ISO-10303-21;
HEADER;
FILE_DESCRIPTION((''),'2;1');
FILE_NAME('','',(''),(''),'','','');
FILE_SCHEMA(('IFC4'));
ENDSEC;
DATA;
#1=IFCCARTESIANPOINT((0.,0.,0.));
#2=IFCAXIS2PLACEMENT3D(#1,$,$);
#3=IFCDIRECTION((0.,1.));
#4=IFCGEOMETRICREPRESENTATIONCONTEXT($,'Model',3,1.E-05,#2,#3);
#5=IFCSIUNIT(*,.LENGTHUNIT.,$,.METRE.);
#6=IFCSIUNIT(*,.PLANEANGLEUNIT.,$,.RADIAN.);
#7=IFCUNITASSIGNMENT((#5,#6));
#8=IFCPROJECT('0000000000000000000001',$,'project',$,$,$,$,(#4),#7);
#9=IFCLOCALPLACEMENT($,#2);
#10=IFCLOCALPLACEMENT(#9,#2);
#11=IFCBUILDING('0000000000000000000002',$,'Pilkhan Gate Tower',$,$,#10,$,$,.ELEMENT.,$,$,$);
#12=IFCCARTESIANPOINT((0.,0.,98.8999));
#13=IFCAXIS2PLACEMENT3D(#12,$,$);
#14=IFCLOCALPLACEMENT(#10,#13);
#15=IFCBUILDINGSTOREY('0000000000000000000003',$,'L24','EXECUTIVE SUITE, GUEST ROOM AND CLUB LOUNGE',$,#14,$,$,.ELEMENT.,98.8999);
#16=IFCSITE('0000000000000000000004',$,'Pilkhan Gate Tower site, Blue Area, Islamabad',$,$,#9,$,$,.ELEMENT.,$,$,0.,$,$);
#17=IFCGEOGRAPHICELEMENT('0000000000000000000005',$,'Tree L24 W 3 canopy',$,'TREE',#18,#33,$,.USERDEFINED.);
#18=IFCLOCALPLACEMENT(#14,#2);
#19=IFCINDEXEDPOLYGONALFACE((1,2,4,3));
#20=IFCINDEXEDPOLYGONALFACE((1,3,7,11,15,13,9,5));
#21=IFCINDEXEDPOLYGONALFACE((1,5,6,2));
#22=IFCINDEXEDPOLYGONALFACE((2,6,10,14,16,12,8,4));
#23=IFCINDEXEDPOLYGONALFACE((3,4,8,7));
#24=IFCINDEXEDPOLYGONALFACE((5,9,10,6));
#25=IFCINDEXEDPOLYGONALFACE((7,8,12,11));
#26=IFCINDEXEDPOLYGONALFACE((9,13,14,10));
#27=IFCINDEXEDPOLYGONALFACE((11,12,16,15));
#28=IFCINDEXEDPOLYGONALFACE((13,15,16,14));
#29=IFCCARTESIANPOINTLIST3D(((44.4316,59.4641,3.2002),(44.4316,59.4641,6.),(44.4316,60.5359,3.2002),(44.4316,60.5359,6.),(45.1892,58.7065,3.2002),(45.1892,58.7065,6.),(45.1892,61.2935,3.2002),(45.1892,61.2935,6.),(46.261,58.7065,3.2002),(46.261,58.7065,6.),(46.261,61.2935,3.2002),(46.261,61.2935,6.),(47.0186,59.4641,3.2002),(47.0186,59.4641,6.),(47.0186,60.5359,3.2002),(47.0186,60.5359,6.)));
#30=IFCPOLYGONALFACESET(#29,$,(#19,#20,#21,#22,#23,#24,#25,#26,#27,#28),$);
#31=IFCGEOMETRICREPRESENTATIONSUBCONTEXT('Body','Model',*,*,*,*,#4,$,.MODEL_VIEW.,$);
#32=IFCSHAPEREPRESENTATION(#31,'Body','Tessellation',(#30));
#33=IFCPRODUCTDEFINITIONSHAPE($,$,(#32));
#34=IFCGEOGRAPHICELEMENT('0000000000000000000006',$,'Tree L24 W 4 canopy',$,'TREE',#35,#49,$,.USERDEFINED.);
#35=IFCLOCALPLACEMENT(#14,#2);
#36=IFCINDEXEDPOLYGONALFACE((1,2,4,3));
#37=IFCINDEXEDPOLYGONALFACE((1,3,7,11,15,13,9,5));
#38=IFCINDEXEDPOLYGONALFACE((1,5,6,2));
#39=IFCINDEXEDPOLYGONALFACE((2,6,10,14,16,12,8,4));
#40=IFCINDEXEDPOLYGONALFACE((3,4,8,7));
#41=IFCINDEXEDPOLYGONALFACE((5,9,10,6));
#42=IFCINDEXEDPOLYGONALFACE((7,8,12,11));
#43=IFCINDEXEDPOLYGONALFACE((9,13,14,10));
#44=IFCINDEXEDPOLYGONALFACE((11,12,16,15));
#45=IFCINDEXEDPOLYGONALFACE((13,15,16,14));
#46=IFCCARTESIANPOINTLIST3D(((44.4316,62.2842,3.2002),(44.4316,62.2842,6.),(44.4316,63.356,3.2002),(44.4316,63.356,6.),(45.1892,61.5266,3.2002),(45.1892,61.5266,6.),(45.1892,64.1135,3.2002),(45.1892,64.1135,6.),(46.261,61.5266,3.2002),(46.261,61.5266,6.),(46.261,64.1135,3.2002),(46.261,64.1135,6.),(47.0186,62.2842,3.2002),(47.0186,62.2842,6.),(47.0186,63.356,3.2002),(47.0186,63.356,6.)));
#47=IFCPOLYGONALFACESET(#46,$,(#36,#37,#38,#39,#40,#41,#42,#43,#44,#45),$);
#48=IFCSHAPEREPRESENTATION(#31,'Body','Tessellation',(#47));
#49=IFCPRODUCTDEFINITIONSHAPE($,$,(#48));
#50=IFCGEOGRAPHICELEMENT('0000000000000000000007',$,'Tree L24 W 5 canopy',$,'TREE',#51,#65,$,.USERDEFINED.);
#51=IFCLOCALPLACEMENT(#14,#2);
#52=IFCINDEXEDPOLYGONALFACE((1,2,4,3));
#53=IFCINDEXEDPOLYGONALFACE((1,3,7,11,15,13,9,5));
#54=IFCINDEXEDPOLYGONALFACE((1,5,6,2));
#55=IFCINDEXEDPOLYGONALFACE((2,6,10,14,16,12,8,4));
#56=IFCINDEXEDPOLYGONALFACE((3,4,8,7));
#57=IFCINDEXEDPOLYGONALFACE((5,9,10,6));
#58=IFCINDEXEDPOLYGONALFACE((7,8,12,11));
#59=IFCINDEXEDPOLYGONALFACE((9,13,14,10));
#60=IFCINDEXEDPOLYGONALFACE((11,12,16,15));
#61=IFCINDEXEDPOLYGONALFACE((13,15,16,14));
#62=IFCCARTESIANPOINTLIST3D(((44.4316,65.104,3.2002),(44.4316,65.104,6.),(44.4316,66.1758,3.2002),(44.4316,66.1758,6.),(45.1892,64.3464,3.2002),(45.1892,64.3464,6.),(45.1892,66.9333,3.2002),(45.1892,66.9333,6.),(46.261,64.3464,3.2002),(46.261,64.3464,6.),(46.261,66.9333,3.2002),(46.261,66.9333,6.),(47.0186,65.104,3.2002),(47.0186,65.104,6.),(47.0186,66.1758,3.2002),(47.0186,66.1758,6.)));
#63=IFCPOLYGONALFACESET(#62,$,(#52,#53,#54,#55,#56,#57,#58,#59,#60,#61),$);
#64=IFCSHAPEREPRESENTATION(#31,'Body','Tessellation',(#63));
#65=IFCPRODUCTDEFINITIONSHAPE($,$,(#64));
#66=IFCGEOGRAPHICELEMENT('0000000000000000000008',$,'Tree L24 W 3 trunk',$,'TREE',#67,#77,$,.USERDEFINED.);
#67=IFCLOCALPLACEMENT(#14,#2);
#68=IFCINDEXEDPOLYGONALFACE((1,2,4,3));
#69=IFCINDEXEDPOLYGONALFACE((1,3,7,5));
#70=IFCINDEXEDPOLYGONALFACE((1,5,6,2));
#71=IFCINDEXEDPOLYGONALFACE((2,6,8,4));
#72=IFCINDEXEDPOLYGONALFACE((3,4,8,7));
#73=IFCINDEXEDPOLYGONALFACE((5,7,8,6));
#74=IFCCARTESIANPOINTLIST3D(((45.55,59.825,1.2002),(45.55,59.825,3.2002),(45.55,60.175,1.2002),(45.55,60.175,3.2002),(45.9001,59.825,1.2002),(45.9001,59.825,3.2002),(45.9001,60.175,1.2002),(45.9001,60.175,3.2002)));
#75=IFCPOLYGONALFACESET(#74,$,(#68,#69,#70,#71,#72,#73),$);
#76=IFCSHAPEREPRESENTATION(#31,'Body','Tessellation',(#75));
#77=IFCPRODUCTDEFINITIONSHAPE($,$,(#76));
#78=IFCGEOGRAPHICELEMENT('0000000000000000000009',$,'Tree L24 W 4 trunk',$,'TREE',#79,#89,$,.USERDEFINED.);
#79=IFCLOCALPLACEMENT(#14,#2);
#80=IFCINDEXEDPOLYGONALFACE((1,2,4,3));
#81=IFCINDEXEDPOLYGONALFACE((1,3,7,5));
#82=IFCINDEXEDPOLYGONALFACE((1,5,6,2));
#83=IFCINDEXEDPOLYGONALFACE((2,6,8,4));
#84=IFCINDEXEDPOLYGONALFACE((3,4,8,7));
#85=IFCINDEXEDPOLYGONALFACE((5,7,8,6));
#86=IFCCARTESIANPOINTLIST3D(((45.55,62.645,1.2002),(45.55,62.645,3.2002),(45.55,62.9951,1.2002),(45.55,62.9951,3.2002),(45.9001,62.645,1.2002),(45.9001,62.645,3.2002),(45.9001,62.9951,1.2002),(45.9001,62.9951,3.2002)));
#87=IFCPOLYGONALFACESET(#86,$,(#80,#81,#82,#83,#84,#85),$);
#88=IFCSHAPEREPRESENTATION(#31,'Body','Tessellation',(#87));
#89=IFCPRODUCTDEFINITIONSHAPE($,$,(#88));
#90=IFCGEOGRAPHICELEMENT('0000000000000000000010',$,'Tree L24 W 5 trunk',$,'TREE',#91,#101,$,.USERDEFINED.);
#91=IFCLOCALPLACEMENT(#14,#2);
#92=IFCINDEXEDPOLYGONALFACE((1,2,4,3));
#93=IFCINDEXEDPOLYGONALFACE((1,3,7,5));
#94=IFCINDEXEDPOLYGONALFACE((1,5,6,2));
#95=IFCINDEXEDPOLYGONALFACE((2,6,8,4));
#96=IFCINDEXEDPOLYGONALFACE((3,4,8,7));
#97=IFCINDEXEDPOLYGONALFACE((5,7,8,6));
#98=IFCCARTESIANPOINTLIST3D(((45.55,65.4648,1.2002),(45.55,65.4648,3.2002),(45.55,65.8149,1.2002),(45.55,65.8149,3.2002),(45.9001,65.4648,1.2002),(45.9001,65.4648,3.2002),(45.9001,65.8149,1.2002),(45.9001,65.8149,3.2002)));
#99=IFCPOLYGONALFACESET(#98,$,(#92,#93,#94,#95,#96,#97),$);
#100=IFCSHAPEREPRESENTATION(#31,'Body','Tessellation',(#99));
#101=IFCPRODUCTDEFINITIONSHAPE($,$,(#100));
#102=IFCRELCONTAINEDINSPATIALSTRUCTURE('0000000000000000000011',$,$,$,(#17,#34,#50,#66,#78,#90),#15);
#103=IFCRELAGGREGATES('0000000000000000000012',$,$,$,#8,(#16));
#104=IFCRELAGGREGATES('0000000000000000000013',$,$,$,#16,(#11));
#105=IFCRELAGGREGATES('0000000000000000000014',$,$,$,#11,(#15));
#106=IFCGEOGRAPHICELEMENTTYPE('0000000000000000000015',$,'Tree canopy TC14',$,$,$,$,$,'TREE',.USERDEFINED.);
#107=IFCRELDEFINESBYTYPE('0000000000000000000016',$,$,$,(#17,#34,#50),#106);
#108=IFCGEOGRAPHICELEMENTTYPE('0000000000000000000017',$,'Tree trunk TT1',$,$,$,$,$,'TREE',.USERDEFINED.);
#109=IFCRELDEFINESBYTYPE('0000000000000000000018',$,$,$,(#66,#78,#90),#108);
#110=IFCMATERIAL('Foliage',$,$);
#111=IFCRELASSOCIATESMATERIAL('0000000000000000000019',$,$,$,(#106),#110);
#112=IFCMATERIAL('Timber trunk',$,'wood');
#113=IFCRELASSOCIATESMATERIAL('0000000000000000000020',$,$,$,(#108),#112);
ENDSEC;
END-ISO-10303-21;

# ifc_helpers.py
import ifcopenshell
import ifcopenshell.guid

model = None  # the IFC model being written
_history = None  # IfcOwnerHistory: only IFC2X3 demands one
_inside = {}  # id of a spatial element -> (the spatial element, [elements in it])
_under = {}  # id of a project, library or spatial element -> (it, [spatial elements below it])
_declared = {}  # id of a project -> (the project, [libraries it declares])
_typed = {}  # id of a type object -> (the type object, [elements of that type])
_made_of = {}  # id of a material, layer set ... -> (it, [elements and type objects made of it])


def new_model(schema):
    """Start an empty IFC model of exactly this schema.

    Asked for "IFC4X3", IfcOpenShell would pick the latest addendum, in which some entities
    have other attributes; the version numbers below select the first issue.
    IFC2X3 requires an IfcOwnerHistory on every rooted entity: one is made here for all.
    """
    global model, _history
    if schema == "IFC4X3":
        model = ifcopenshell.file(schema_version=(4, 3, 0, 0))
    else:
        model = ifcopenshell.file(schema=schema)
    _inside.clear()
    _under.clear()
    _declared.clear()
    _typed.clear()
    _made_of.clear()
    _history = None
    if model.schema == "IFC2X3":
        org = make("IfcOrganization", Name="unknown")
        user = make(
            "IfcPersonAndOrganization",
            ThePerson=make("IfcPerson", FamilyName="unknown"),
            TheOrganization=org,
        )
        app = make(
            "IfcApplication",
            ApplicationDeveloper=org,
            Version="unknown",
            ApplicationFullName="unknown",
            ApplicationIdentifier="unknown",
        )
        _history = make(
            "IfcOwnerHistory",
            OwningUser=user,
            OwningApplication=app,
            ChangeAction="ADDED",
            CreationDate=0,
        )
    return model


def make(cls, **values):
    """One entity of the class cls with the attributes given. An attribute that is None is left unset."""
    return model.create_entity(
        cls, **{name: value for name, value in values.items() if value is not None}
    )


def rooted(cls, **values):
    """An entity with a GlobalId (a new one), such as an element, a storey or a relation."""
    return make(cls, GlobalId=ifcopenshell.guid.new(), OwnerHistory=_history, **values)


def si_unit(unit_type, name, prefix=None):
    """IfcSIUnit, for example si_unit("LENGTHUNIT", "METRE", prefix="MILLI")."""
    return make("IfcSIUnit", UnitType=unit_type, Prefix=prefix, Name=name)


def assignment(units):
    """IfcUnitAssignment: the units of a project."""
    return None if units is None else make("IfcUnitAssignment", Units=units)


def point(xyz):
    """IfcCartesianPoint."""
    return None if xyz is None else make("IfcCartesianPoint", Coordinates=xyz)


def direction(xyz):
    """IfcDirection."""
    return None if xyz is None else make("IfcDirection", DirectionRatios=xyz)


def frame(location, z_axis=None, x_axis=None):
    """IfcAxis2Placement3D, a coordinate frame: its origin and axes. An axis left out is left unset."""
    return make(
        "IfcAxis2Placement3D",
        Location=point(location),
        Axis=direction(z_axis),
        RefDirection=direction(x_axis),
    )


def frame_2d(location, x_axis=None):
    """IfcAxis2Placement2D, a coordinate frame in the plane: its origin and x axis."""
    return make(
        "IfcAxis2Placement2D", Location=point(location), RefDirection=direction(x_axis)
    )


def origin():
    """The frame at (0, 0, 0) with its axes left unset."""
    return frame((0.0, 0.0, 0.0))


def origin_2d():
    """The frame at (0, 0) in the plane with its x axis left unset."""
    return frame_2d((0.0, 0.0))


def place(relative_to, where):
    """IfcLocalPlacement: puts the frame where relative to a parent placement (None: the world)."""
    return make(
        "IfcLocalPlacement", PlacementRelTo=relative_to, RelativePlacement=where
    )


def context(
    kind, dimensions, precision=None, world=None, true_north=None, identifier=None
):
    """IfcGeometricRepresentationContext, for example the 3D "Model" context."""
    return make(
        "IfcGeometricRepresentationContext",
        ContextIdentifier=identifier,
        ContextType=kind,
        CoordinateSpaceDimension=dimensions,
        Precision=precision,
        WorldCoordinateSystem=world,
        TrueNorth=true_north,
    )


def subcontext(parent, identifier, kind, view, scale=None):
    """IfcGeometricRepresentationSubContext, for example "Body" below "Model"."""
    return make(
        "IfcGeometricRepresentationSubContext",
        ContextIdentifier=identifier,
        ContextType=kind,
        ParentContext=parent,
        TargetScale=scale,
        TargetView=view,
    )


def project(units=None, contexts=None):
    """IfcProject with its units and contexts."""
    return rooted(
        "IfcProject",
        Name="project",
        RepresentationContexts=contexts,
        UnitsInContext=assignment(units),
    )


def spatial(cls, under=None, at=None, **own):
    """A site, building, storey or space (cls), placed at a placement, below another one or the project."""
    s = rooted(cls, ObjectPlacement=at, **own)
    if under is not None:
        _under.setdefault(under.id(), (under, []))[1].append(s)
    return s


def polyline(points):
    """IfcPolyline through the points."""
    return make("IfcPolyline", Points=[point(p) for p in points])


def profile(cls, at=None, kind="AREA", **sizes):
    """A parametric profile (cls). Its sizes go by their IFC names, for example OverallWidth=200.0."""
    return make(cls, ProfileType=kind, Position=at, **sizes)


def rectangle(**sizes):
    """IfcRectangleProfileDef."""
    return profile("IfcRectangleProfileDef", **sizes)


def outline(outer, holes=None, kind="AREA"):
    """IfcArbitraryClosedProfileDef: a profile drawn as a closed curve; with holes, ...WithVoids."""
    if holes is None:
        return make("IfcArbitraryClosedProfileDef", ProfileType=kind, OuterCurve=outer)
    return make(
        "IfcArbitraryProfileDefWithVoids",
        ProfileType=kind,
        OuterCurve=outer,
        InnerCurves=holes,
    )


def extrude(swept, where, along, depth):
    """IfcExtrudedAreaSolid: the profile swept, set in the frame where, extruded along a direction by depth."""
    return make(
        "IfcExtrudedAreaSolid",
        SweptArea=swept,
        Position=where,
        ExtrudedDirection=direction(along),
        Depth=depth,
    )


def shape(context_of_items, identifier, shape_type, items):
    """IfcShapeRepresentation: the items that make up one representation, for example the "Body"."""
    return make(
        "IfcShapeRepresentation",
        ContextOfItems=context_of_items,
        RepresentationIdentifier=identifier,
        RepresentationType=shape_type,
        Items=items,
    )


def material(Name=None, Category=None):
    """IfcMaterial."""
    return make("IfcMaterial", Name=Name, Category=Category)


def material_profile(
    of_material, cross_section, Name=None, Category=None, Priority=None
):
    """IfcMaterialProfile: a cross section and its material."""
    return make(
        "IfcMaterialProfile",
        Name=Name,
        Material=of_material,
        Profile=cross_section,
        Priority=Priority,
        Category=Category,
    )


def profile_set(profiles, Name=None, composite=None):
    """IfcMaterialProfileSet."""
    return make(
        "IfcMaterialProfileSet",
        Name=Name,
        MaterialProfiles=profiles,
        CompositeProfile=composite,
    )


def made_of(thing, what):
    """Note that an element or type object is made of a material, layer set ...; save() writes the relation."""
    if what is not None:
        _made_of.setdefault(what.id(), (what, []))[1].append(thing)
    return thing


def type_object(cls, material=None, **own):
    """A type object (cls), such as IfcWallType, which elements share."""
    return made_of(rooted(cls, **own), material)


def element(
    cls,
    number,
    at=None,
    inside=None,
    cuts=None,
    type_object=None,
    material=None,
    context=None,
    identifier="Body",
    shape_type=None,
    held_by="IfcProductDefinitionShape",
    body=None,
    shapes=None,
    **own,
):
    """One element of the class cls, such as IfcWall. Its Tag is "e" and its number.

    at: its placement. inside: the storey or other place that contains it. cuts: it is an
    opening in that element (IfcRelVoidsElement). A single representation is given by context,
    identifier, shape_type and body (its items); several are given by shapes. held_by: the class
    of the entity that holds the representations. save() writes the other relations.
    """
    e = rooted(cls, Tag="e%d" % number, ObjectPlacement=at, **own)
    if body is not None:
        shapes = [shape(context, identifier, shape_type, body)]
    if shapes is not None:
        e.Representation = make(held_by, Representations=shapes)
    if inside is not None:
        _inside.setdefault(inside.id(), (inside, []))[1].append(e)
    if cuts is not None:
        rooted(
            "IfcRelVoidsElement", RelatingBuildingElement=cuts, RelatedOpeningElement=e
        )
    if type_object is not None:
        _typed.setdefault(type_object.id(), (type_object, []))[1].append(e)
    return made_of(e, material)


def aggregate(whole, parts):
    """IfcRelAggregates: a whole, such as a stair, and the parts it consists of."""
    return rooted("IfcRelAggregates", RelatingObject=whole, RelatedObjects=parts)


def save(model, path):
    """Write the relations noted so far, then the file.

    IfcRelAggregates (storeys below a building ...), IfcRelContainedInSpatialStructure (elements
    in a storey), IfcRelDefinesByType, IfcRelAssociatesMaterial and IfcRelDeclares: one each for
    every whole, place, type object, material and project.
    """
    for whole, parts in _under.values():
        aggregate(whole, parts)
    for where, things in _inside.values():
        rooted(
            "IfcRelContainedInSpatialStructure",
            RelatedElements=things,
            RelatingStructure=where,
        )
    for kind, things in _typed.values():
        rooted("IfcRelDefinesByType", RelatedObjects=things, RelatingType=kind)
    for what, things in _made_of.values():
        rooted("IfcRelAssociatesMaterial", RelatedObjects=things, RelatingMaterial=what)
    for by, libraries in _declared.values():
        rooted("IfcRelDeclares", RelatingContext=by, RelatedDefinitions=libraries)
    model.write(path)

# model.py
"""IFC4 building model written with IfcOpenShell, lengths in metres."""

from ifc_helpers import new_model, si_unit, direction, frame, origin, origin_2d, place, context, subcontext, project, spatial, polyline, rectangle, outline, extrude, material, material_profile, profile_set, type_object, element, save


model = new_model("IFC4")

# Units and contexts
model_context = context("Model", 3, precision=1e-05, world=origin(), true_north=direction((0.0, 1.0)))
body_context = subcontext(model_context, "Body", "Model", "MODEL_VIEW")
ifc_project = project(units=[si_unit("LENGTHUNIT", "METRE"), si_unit("PLANEANGLEUNIT", "RADIAN")], contexts=[model_context])

# Site, building, storey
site_placement = place(None, origin())
site = spatial("IfcSite", under=ifc_project, at=site_placement, Name="Pilkhan Gate Tower site, Blue Area, Islamabad", CompositionType="ELEMENT", RefElevation=0.0)
building_placement = place(site_placement, origin())
building = spatial("IfcBuilding", under=site, at=building_placement, Name="Pilkhan Gate Tower", CompositionType="ELEMENT")
storey_placement = place(building_placement, frame((0.0, 0.0, 98.8999)))
storey = spatial("IfcBuildingStorey", under=building, at=storey_placement, Name="L24", Description="EXECUTIVE SUITE, GUEST ROOM AND CLUB LOUNGE", CompositionType="ELEMENT", Elevation=98.8999)

# Geographic elements
ifc_material_1 = material(Name="Foliage")
ifc_material_profile_1 = material_profile(ifc_material_1, outline(polyline([(1.2935, 0.5359), (0.5359, 1.2935), (-0.5359, 1.2935), (-1.2935, 0.5359), (-1.2935, -0.5359), (-0.5359, -1.2935), (0.5359, -1.2935), (1.2935, -0.5359), (1.2935, 0.5359)])), Name="Canopy D2.8")
ifc_profile_set_1 = profile_set([ifc_material_profile_1], Name="Foliage")
geographic_element_type_1 = type_object("IfcGeographicElementType", Name="Tree canopy TC14", ElementType="TREE", PredefinedType="USERDEFINED", material=ifc_profile_set_1)
for number, where, z_axis, x_axis, name in (
    (1, (45.7251, 60.0, 3.2002), (0.0, 0.0, 1.0), (1.0, 0.0, 0.0), "Tree L24 W 3 canopy"),
    (2, (45.7251, 62.8201, 3.2002), (0.0, 0.0, 1.0), (1.0, 0.0, 0.0), "Tree L24 W 4 canopy"),
    (3, (45.7251, 65.6399, 3.2002), (0.0, 0.0, 1.0), (1.0, 0.0, 0.0), "Tree L24 W 5 canopy"),
):
    element("IfcGeographicElement", number, at=place(storey_placement, frame(where, z_axis=z_axis, x_axis=x_axis)), inside=storey, type_object=geographic_element_type_1, Name=name, ObjectType="TREE", PredefinedType="USERDEFINED", context=body_context, shape_type="SweptSolid", body=[
        extrude(outline(polyline([(1.2935, 0.5359), (0.5359, 1.2935), (-0.5359, 1.2935), (-1.2935, 0.5359), (-1.2935, -0.5359), (-0.5359, -1.2935), (0.5359, -1.2935), (1.2935, -0.5359), (1.2935, 0.5359)])), origin(), (0.0, 0.0, 1.0), 2.7998),
    ])
ifc_material_2 = material(Name="Timber trunk", Category="wood")
geographic_element_type_2 = type_object("IfcGeographicElementType", Name="Tree trunk TT1", ElementType="TREE", PredefinedType="USERDEFINED", material=ifc_material_2)
for number, where, z_axis, x_axis, name in (
    (4, (45.7251, 60.0, 1.2002), (0.0, 0.0, 1.0), (1.0, 0.0, 0.0), "Tree L24 W 3 trunk"),
    (5, (45.7251, 62.8201, 1.2002), (0.0, 0.0, 1.0), (1.0, 0.0, 0.0), "Tree L24 W 4 trunk"),
    (6, (45.7251, 65.6399, 1.2002), (0.0, 0.0, 1.0), (1.0, 0.0, 0.0), "Tree L24 W 5 trunk"),
):
    element("IfcGeographicElement", number, at=place(storey_placement, frame(where, z_axis=z_axis, x_axis=x_axis)), inside=storey, type_object=geographic_element_type_2, Name=name, ObjectType="TREE", PredefinedType="USERDEFINED", context=body_context, shape_type="SweptSolid", body=[
        extrude(rectangle(XDim=0.3501, YDim=0.3501, at=origin_2d()), origin(), (0.0, 0.0, 1.0), 2.0),
    ])

save(model, "model.ifc")
